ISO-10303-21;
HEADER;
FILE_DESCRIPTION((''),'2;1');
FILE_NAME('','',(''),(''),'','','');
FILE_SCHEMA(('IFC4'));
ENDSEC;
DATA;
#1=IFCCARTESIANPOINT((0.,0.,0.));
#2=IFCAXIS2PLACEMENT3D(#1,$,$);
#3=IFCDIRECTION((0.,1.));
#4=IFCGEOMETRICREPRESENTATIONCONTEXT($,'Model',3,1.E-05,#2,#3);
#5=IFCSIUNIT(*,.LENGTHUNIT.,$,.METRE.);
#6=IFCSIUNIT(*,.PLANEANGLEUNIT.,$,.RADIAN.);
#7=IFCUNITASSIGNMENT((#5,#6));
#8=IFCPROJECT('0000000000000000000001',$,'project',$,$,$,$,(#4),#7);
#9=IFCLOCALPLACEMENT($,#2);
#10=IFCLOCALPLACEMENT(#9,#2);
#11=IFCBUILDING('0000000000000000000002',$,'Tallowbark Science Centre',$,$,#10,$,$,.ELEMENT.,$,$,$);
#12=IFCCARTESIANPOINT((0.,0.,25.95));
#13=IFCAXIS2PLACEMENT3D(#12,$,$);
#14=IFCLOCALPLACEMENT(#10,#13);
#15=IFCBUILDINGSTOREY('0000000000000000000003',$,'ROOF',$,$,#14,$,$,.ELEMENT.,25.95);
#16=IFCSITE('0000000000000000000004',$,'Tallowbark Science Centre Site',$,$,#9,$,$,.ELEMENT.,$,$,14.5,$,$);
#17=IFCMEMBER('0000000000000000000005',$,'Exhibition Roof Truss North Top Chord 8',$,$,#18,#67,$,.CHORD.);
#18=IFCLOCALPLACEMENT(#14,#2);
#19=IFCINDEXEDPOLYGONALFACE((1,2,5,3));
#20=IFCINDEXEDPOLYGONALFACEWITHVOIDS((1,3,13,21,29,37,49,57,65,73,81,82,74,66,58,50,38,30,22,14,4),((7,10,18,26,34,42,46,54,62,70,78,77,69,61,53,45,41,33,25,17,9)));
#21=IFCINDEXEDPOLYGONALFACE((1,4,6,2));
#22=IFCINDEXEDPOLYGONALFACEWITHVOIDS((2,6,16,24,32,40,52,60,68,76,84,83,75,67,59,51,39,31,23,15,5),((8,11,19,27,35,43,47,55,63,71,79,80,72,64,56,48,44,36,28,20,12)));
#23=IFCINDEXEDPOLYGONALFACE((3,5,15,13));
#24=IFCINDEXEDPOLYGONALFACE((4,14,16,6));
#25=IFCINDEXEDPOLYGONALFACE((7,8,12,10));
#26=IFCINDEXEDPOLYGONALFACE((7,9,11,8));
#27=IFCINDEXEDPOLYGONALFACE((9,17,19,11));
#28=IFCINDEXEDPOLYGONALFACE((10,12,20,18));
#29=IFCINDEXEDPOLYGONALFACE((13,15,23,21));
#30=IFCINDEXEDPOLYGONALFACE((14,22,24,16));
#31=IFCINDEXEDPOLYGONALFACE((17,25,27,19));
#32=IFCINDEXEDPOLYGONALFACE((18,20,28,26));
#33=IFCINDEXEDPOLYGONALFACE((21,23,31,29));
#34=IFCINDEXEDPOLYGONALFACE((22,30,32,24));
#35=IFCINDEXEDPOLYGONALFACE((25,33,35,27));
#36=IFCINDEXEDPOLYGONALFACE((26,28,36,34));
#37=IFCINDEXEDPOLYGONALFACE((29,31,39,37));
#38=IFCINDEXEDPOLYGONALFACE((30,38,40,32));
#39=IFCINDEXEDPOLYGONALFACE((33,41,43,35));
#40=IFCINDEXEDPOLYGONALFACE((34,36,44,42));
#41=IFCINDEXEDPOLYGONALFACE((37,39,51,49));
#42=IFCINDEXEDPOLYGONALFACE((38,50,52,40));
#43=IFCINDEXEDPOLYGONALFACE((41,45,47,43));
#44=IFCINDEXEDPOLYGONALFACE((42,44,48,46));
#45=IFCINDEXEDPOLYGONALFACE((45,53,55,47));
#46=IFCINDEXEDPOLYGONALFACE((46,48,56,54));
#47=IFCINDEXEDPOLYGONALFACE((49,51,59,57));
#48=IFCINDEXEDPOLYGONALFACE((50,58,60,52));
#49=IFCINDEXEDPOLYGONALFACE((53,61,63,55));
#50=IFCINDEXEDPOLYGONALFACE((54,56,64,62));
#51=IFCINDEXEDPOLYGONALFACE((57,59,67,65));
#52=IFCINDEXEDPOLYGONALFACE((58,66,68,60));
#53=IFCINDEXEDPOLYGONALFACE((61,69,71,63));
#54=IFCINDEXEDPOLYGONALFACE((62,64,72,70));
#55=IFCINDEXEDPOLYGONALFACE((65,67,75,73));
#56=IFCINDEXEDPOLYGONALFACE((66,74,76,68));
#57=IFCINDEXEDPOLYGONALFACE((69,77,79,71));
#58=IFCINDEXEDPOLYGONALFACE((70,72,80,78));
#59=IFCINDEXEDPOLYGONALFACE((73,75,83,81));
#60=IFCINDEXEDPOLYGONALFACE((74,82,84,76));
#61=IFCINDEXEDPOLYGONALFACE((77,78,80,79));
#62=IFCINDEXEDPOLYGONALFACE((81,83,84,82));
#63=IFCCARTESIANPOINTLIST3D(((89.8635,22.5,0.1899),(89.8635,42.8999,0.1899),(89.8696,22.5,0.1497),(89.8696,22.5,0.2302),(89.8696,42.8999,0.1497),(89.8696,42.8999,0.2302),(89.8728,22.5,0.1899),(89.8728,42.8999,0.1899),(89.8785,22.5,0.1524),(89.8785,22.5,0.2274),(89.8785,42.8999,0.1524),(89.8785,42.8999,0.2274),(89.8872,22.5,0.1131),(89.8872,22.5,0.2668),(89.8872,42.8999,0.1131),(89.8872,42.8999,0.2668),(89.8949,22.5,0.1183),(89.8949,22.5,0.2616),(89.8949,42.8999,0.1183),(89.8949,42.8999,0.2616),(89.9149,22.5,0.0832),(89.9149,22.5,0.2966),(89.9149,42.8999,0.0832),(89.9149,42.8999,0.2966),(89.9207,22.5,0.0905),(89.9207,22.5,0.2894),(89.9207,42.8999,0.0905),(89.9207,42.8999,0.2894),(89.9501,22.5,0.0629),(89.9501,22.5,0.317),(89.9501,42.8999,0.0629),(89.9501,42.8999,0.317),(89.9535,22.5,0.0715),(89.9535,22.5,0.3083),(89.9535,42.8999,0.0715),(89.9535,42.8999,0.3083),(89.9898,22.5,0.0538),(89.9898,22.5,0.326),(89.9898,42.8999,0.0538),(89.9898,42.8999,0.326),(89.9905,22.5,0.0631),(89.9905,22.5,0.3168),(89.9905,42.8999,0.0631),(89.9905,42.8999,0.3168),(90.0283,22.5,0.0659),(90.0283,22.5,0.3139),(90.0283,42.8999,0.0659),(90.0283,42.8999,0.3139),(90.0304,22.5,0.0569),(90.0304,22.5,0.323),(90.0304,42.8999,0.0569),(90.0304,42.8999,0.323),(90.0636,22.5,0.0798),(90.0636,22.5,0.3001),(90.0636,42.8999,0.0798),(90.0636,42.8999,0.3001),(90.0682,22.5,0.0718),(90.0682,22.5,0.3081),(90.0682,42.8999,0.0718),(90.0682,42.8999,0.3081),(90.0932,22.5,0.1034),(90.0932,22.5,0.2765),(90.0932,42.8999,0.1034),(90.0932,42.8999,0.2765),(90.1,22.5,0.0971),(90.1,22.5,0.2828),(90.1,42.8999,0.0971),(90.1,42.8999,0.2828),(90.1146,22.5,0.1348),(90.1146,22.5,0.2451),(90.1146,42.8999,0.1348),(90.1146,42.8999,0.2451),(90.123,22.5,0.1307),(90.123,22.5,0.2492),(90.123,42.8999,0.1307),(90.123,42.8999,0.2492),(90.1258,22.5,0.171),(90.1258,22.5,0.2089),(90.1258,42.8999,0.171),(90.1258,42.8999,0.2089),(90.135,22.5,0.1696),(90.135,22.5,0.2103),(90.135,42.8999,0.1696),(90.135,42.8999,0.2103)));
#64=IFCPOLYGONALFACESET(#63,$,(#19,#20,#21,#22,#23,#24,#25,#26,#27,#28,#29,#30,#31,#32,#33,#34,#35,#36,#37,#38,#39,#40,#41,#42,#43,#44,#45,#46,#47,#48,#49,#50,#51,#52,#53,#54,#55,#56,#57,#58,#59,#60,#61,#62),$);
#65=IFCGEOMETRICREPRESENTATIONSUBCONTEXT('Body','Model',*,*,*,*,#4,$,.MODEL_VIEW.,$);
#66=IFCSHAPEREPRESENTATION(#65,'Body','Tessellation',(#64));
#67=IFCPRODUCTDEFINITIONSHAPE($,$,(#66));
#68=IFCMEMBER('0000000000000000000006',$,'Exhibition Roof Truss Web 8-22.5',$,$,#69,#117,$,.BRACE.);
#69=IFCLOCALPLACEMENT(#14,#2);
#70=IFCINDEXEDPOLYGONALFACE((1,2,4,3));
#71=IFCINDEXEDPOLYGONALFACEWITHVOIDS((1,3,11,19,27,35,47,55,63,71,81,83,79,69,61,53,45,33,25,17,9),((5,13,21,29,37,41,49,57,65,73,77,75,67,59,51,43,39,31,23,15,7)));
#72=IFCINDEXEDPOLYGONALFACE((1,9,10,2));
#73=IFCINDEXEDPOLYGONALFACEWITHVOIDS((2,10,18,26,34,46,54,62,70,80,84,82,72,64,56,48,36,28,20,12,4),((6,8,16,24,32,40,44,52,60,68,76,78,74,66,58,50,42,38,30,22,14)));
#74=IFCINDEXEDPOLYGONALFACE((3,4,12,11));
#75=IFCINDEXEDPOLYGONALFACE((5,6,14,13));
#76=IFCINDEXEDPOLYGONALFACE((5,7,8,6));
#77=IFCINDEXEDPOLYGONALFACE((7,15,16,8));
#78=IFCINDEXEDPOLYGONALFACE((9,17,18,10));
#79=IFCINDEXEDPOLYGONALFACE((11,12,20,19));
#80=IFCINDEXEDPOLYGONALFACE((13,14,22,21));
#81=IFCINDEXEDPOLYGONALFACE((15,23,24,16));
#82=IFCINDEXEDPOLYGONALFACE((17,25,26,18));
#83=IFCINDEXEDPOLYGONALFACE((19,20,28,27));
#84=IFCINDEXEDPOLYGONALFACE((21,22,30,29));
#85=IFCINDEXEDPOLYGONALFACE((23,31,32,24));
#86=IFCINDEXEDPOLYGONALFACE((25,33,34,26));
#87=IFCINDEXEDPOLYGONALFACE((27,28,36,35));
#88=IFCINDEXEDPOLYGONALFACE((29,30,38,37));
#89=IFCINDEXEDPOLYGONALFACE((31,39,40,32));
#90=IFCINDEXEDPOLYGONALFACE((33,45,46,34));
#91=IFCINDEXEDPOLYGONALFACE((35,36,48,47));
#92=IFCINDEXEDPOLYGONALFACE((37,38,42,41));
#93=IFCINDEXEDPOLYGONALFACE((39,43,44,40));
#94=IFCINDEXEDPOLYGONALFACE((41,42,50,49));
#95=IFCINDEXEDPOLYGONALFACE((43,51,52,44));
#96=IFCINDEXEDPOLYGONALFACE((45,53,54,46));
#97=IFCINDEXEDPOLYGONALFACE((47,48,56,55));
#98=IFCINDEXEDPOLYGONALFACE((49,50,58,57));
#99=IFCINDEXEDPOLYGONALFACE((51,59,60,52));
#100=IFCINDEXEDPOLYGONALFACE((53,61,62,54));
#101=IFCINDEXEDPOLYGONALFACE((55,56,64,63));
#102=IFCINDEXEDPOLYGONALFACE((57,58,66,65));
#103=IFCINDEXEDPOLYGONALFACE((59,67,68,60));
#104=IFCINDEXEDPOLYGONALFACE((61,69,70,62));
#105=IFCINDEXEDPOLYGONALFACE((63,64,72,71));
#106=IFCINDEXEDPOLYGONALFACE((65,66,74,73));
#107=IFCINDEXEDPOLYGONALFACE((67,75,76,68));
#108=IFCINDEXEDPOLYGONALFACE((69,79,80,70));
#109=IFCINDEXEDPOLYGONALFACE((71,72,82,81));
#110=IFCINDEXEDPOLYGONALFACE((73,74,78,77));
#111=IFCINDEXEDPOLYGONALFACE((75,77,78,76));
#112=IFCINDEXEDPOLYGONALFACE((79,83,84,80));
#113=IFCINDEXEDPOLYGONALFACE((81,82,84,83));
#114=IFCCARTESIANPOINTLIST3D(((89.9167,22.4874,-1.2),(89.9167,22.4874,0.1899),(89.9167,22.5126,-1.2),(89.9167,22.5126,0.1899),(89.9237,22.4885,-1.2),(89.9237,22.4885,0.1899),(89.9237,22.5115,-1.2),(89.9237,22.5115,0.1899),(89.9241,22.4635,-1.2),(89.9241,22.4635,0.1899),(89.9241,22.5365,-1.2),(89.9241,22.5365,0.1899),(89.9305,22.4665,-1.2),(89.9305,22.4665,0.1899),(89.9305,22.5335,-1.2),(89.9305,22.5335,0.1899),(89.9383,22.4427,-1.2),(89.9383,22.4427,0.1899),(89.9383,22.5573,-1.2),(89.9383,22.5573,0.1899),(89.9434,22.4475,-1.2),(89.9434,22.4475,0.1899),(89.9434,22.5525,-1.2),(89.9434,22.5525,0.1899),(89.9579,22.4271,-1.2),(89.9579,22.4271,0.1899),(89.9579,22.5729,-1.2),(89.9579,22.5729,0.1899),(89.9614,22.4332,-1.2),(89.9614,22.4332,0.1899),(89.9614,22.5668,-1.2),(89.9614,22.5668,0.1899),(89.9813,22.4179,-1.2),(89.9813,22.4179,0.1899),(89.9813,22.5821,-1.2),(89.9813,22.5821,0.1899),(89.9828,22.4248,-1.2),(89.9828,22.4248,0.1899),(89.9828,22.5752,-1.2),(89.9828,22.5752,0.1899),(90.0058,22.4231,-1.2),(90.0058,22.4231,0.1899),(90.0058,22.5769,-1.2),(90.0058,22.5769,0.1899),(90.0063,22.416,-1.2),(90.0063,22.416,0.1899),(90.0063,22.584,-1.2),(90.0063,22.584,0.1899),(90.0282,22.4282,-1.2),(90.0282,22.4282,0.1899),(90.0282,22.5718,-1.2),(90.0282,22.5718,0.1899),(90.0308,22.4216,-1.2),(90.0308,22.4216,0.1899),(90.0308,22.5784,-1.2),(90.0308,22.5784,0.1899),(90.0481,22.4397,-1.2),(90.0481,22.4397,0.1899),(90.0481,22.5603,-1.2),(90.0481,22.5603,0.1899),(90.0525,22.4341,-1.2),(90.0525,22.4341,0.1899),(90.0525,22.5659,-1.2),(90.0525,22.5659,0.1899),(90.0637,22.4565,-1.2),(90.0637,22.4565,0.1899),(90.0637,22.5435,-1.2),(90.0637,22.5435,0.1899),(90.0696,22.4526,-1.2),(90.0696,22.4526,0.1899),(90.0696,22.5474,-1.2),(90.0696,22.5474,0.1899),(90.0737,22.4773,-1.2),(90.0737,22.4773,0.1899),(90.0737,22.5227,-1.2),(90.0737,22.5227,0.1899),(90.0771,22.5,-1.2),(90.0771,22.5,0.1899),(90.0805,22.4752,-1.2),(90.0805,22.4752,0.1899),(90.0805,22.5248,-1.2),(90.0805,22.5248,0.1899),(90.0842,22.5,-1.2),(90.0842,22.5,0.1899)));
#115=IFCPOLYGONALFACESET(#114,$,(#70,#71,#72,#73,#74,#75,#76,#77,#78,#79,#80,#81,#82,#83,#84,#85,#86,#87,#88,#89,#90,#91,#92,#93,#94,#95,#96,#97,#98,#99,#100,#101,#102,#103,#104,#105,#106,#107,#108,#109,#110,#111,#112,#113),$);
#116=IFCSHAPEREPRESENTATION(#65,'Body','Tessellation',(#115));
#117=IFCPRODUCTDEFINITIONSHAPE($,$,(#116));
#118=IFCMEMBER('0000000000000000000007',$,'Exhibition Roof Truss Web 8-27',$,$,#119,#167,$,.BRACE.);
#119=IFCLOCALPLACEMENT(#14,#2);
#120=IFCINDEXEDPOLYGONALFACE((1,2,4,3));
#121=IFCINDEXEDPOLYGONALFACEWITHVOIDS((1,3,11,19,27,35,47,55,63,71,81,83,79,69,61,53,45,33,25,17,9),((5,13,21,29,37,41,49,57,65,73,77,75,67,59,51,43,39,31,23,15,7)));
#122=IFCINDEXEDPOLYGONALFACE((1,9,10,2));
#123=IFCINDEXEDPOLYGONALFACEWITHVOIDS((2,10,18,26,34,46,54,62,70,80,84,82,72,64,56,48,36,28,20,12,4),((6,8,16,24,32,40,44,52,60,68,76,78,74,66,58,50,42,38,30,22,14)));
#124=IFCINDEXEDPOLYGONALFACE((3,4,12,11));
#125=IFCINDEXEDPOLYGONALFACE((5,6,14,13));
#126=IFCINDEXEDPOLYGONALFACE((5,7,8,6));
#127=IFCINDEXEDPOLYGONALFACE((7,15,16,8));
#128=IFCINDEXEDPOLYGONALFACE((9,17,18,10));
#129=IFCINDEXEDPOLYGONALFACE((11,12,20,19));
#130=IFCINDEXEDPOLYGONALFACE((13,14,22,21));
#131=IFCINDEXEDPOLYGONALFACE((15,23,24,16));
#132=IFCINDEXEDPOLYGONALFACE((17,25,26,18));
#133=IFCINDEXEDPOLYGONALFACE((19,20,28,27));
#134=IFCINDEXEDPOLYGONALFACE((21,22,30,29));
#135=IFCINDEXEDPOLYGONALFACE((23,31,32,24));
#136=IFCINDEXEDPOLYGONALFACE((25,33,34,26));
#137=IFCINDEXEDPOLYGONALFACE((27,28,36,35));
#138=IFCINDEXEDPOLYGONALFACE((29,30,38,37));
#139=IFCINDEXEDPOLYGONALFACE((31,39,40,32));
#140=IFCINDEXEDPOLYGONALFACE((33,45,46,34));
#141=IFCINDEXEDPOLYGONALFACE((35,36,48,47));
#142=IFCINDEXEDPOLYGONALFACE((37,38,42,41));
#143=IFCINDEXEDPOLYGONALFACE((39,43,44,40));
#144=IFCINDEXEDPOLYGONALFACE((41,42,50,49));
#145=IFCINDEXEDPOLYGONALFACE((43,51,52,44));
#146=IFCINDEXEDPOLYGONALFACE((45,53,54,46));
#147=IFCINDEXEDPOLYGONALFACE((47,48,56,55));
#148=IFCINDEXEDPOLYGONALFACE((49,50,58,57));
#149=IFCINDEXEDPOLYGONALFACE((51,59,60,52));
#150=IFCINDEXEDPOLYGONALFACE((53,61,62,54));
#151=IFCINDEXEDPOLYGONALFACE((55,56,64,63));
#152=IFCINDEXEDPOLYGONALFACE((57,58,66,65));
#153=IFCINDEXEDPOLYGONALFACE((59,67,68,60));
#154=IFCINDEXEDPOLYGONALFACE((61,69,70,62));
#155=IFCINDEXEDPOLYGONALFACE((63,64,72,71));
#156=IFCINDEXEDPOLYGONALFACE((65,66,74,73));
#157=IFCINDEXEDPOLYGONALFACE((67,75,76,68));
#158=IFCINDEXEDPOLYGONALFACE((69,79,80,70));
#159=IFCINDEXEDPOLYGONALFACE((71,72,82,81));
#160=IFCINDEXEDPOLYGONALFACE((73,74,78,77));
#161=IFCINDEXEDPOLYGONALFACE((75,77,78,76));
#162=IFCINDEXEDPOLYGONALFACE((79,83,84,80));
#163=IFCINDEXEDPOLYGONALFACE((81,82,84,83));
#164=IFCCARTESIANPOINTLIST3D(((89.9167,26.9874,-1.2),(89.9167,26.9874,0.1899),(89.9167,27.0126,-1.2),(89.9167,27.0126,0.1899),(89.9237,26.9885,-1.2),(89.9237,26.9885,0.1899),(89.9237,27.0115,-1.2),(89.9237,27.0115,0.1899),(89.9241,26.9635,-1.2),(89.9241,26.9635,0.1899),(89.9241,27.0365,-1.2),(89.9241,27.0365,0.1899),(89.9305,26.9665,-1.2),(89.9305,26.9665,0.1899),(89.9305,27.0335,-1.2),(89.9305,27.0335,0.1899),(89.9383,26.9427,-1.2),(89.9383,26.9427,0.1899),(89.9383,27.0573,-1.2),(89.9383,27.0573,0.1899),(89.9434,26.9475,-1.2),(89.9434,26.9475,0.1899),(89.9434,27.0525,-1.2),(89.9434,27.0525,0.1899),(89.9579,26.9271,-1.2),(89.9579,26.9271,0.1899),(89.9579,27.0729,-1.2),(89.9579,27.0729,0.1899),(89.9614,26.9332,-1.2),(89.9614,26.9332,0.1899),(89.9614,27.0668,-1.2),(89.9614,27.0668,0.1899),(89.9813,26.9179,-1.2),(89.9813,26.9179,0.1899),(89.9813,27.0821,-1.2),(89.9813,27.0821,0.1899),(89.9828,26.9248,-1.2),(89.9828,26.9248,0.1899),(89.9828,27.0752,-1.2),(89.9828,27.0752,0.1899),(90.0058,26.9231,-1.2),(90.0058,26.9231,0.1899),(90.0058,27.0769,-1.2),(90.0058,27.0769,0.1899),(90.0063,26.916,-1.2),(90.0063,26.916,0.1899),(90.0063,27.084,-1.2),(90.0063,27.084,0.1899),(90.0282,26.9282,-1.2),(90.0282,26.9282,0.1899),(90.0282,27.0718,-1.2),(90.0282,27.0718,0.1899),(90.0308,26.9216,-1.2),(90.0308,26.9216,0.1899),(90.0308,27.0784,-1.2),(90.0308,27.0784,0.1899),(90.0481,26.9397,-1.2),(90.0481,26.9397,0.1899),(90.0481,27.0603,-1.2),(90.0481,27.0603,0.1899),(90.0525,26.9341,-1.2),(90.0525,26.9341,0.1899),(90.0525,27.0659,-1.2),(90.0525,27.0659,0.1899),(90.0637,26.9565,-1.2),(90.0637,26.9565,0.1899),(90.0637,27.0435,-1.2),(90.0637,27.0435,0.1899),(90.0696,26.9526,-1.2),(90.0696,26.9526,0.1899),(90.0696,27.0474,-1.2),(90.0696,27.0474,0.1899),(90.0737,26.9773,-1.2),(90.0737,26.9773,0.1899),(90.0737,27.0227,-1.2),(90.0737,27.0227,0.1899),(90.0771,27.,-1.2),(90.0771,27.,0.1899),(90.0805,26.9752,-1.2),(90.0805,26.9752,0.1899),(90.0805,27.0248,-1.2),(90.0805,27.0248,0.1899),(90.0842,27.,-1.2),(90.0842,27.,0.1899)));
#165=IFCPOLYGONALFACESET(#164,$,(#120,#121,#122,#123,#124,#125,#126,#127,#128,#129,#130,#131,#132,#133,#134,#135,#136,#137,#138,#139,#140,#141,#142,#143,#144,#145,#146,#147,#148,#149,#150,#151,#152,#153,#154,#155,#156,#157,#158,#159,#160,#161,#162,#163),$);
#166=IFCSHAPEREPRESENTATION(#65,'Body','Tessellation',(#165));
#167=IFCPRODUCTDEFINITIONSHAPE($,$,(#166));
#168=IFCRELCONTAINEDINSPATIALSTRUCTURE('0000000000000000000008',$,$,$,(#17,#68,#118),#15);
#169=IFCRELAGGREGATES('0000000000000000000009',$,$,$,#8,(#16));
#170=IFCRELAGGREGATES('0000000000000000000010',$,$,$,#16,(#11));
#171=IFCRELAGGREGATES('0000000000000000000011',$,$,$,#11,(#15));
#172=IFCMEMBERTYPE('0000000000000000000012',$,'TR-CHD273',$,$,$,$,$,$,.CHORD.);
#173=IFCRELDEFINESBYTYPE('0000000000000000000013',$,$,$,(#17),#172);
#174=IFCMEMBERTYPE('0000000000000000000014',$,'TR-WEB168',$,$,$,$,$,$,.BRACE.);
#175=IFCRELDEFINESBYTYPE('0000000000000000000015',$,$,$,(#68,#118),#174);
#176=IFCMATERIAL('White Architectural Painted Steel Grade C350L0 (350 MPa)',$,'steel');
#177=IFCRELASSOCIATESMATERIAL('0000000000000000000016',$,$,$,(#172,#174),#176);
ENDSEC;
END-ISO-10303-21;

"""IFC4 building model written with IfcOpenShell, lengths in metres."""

from ifc_helpers import new_model, si_unit, direction, frame, origin, origin_2d, place, context, subcontext, project, spatial, hollow_circle, extrude, material, material_profile, profile_set, type_object, element, save


model = new_model("IFC4")

# Units and contexts
model_context = context("Model", 3, precision=1e-05, world=origin(), true_north=direction((0.0, 1.0)))
body_context = subcontext(model_context, "Body", "Model", "MODEL_VIEW")
ifc_project = project(units=[si_unit("LENGTHUNIT", "METRE"), si_unit("PLANEANGLEUNIT", "RADIAN")], contexts=[model_context])

# Site, building, storey
site_placement = place(None, origin())
site = spatial("IfcSite", under=ifc_project, at=site_placement, Name="Tallowbark Science Centre Site", CompositionType="ELEMENT", RefElevation=14.5)
building_placement = place(site_placement, origin())
building = spatial("IfcBuilding", under=site, at=building_placement, Name="Tallowbark Science Centre", CompositionType="ELEMENT")
storey_placement = place(building_placement, frame((0.0, 0.0, 25.95)))
storey = spatial("IfcBuildingStorey", under=building, at=storey_placement, Name="ROOF", CompositionType="ELEMENT", Elevation=25.95)

# Members
ifc_material_1 = material(Name="White Architectural Painted Steel Grade C350L0 (350 MPa)", Category="steel")
ifc_material_profile_1 = material_profile(ifc_material_1, hollow_circle(Radius=0.1365, WallThickness=0.0093, at=origin_2d()), Name="273.1x9.3CHS")
ifc_profile_set_1 = profile_set([ifc_material_profile_1], Name="White Architectural Painted Steel Grade C350L0 (350 MPa)")
member_type_1 = type_object("IfcMemberType", Name="TR-CHD273", PredefinedType="CHORD", material=ifc_profile_set_1)
member_1_placement = place(storey_placement, frame((90.0, 22.5, 0.1899), z_axis=(0.0, 1.0, 0.0), x_axis=(-1.0, 0.0, 0.0)))
element("IfcMember", 1, at=member_1_placement, inside=storey, type_object=member_type_1, Name="Exhibition Roof Truss North Top Chord 8", PredefinedType="CHORD", context=body_context, shape_type="SweptSolid", body=[
    extrude(hollow_circle(Radius=0.1365, WallThickness=0.0093, at=origin_2d()), origin(), (0.0, 0.0, 1.0), 20.3999),
])
ifc_material_profile_2 = material_profile(ifc_material_1, hollow_circle(Radius=0.0842, WallThickness=0.0071, at=origin_2d()), Name="168.3x7.1CHS")
ifc_profile_set_2 = profile_set([ifc_material_profile_2], Name="White Architectural Painted Steel Grade C350L0 (350 MPa)")
member_type_2 = type_object("IfcMemberType", Name="TR-WEB168", PredefinedType="BRACE", material=ifc_profile_set_2)
for number, where, z_axis, x_axis, name in (
    (2, (90.0, 22.5, -1.2), (0.0, 0.0, 1.0), (1.0, 0.0, 0.0), "Exhibition Roof Truss Web 8-22.5"),
    (3, (90.0, 27.0, -1.2), (0.0, 0.0, 1.0), (1.0, 0.0, 0.0), "Exhibition Roof Truss Web 8-27"),
):
    element("IfcMember", number, at=place(storey_placement, frame(where, z_axis=z_axis, x_axis=x_axis)), inside=storey, type_object=member_type_2, Name=name, PredefinedType="BRACE", context=body_context, shape_type="SweptSolid", body=[
        extrude(hollow_circle(Radius=0.0842, WallThickness=0.0071, at=origin_2d()), origin(), (0.0, 0.0, 1.0), 1.3899),
    ])

save(model, "model.ifc")
